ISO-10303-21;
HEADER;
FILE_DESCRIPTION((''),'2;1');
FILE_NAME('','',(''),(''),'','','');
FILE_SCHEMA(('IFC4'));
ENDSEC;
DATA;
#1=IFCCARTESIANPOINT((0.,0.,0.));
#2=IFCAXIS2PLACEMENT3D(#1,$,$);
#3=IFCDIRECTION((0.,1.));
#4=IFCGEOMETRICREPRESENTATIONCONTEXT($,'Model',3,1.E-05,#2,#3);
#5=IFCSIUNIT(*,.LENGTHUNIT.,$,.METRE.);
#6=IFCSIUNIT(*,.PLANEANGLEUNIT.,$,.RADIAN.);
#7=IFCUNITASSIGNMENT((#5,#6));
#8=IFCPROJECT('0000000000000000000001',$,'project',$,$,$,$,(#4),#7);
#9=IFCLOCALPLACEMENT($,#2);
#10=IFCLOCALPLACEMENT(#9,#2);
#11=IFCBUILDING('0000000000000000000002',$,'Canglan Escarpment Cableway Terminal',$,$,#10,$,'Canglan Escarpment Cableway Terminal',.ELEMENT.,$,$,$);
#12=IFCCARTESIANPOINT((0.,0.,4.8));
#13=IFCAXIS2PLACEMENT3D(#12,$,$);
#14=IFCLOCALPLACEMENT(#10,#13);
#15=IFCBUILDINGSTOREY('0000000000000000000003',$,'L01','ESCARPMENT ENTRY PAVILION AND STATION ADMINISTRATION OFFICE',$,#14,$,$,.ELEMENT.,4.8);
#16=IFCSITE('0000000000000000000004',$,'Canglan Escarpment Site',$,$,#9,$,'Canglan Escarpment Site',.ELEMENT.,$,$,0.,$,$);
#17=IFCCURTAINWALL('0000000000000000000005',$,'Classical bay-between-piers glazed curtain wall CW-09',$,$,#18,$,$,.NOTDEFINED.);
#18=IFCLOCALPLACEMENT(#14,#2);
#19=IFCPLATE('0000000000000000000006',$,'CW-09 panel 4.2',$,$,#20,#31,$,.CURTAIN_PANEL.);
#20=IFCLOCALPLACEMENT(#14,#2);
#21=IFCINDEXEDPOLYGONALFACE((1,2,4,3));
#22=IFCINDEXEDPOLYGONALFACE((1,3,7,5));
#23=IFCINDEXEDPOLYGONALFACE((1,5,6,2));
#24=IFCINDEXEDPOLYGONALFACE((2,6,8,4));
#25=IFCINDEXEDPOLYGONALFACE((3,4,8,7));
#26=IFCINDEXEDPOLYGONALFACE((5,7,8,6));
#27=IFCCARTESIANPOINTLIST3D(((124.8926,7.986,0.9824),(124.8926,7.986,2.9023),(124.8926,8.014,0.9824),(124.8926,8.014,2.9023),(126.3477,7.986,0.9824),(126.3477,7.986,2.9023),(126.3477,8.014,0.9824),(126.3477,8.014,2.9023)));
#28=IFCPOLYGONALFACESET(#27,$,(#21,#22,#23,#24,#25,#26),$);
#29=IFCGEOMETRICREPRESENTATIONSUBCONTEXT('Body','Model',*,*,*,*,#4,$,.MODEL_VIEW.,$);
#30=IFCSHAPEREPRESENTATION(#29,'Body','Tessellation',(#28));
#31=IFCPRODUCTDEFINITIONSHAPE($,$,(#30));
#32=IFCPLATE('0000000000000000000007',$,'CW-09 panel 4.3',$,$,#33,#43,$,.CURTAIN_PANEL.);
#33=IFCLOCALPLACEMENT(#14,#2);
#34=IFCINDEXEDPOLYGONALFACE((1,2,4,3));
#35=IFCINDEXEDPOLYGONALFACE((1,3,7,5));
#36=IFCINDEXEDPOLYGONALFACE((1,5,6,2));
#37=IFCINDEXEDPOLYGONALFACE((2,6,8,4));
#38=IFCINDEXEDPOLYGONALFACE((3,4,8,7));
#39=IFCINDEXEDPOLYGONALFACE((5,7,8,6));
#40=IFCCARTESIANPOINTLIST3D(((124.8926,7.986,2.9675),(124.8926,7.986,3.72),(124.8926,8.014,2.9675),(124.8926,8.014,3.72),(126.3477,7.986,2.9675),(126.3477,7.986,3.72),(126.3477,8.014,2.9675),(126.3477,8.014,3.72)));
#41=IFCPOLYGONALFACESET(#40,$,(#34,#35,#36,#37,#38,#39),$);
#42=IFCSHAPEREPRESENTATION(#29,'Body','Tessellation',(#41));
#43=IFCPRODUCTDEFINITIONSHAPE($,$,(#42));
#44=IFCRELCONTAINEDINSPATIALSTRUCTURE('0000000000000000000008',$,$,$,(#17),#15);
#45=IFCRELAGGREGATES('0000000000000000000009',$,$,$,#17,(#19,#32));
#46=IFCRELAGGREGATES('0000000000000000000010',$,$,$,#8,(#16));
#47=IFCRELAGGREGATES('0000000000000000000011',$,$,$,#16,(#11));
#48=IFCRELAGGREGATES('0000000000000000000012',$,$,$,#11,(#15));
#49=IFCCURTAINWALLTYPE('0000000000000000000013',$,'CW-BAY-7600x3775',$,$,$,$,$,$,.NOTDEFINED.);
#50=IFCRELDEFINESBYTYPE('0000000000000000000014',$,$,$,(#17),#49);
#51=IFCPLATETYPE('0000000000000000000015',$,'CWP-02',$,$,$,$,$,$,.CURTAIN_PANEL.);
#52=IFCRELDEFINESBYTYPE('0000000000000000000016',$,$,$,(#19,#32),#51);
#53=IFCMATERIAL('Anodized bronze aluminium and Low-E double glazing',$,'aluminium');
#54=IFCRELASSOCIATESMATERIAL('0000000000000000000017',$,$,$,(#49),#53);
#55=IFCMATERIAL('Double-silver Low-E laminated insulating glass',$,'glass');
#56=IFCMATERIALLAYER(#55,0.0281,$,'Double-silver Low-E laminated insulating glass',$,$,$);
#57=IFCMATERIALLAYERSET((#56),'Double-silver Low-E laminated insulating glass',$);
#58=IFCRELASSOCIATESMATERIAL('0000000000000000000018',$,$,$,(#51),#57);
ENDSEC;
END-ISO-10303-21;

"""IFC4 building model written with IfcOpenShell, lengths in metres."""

from ifc_helpers import new_model, si_unit, direction, frame, origin, origin_2d, place, context, subcontext, project, spatial, rectangle, extrude, material, layer, layer_set, type_object, element, aggregate, save


model = new_model("IFC4")

# Units and contexts
model_context = context("Model", 3, precision=1e-05, world=origin(), true_north=direction((0.0, 1.0)))
body_context = subcontext(model_context, "Body", "Model", "MODEL_VIEW")
ifc_project = project(units=[si_unit("LENGTHUNIT", "METRE"), si_unit("PLANEANGLEUNIT", "RADIAN")], contexts=[model_context])

# Site, building, storey
site_placement = place(None, origin())
site = spatial("IfcSite", under=ifc_project, at=site_placement, Name="Canglan Escarpment Site", LongName="Canglan Escarpment Site", CompositionType="ELEMENT", RefElevation=0.0)
building_placement = place(site_placement, origin())
building = spatial("IfcBuilding", under=site, at=building_placement, Name="Canglan Escarpment Cableway Terminal", LongName="Canglan Escarpment Cableway Terminal", CompositionType="ELEMENT")
storey_placement = place(building_placement, frame((0.0, 0.0, 4.8)))
storey = spatial("IfcBuildingStorey", under=building, at=storey_placement, Name="L01", Description="ESCARPMENT ENTRY PAVILION AND STATION ADMINISTRATION OFFICE", CompositionType="ELEMENT", Elevation=4.8)

# Curtain wall, plates
ifc_material_1 = material(Name="Anodized bronze aluminium and Low-E double glazing", Category="aluminium")
curtain_wall_type = type_object("IfcCurtainWallType", Name="CW-BAY-7600x3775", PredefinedType="NOTDEFINED", material=ifc_material_1)
curtain_wall_placement = place(storey_placement, origin())
curtain_wall = element("IfcCurtainWall", 1, at=curtain_wall_placement, inside=storey, type_object=curtain_wall_type, Name="Classical bay-between-piers glazed curtain wall CW-09", PredefinedType="NOTDEFINED")
ifc_material_2 = material(Name="Double-silver Low-E laminated insulating glass", Category="glass")
ifc_layer = layer(ifc_material_2, 0.0281, Name="Double-silver Low-E laminated insulating glass")
ifc_layer_set = layer_set([ifc_layer], Name="Double-silver Low-E laminated insulating glass")
plate_type = type_object("IfcPlateType", Name="CWP-02", PredefinedType="CURTAIN_PANEL", material=ifc_layer_set)
plate_1_placement = place(storey_placement, frame((125.6201, 8.0, 0.9824), z_axis=(0.0, 0.0, 1.0), x_axis=(1.0, 0.0, 0.0)))
plate_1 = element("IfcPlate", 2, at=plate_1_placement, type_object=plate_type, Name="CW-09 panel 4.2", PredefinedType="CURTAIN_PANEL", context=body_context, shape_type="SweptSolid", body=[
    extrude(rectangle(XDim=1.4551, YDim=0.0281, at=origin_2d()), origin(), (0.0, 0.0, 1.0), 1.9199),
])
plate_2_placement = place(storey_placement, frame((125.6201, 8.0, 2.9675), z_axis=(0.0, 0.0, 1.0), x_axis=(1.0, 0.0, 0.0)))
plate_2 = element("IfcPlate", 3, at=plate_2_placement, type_object=plate_type, Name="CW-09 panel 4.3", PredefinedType="CURTAIN_PANEL", context=body_context, shape_type="SweptSolid", body=[
    extrude(rectangle(XDim=1.4551, YDim=0.0281, at=origin_2d()), origin(), (0.0, 0.0, 1.0), 0.7524),
])
aggregate(curtain_wall, [plate_1, plate_2])

save(model, "model.ifc")
